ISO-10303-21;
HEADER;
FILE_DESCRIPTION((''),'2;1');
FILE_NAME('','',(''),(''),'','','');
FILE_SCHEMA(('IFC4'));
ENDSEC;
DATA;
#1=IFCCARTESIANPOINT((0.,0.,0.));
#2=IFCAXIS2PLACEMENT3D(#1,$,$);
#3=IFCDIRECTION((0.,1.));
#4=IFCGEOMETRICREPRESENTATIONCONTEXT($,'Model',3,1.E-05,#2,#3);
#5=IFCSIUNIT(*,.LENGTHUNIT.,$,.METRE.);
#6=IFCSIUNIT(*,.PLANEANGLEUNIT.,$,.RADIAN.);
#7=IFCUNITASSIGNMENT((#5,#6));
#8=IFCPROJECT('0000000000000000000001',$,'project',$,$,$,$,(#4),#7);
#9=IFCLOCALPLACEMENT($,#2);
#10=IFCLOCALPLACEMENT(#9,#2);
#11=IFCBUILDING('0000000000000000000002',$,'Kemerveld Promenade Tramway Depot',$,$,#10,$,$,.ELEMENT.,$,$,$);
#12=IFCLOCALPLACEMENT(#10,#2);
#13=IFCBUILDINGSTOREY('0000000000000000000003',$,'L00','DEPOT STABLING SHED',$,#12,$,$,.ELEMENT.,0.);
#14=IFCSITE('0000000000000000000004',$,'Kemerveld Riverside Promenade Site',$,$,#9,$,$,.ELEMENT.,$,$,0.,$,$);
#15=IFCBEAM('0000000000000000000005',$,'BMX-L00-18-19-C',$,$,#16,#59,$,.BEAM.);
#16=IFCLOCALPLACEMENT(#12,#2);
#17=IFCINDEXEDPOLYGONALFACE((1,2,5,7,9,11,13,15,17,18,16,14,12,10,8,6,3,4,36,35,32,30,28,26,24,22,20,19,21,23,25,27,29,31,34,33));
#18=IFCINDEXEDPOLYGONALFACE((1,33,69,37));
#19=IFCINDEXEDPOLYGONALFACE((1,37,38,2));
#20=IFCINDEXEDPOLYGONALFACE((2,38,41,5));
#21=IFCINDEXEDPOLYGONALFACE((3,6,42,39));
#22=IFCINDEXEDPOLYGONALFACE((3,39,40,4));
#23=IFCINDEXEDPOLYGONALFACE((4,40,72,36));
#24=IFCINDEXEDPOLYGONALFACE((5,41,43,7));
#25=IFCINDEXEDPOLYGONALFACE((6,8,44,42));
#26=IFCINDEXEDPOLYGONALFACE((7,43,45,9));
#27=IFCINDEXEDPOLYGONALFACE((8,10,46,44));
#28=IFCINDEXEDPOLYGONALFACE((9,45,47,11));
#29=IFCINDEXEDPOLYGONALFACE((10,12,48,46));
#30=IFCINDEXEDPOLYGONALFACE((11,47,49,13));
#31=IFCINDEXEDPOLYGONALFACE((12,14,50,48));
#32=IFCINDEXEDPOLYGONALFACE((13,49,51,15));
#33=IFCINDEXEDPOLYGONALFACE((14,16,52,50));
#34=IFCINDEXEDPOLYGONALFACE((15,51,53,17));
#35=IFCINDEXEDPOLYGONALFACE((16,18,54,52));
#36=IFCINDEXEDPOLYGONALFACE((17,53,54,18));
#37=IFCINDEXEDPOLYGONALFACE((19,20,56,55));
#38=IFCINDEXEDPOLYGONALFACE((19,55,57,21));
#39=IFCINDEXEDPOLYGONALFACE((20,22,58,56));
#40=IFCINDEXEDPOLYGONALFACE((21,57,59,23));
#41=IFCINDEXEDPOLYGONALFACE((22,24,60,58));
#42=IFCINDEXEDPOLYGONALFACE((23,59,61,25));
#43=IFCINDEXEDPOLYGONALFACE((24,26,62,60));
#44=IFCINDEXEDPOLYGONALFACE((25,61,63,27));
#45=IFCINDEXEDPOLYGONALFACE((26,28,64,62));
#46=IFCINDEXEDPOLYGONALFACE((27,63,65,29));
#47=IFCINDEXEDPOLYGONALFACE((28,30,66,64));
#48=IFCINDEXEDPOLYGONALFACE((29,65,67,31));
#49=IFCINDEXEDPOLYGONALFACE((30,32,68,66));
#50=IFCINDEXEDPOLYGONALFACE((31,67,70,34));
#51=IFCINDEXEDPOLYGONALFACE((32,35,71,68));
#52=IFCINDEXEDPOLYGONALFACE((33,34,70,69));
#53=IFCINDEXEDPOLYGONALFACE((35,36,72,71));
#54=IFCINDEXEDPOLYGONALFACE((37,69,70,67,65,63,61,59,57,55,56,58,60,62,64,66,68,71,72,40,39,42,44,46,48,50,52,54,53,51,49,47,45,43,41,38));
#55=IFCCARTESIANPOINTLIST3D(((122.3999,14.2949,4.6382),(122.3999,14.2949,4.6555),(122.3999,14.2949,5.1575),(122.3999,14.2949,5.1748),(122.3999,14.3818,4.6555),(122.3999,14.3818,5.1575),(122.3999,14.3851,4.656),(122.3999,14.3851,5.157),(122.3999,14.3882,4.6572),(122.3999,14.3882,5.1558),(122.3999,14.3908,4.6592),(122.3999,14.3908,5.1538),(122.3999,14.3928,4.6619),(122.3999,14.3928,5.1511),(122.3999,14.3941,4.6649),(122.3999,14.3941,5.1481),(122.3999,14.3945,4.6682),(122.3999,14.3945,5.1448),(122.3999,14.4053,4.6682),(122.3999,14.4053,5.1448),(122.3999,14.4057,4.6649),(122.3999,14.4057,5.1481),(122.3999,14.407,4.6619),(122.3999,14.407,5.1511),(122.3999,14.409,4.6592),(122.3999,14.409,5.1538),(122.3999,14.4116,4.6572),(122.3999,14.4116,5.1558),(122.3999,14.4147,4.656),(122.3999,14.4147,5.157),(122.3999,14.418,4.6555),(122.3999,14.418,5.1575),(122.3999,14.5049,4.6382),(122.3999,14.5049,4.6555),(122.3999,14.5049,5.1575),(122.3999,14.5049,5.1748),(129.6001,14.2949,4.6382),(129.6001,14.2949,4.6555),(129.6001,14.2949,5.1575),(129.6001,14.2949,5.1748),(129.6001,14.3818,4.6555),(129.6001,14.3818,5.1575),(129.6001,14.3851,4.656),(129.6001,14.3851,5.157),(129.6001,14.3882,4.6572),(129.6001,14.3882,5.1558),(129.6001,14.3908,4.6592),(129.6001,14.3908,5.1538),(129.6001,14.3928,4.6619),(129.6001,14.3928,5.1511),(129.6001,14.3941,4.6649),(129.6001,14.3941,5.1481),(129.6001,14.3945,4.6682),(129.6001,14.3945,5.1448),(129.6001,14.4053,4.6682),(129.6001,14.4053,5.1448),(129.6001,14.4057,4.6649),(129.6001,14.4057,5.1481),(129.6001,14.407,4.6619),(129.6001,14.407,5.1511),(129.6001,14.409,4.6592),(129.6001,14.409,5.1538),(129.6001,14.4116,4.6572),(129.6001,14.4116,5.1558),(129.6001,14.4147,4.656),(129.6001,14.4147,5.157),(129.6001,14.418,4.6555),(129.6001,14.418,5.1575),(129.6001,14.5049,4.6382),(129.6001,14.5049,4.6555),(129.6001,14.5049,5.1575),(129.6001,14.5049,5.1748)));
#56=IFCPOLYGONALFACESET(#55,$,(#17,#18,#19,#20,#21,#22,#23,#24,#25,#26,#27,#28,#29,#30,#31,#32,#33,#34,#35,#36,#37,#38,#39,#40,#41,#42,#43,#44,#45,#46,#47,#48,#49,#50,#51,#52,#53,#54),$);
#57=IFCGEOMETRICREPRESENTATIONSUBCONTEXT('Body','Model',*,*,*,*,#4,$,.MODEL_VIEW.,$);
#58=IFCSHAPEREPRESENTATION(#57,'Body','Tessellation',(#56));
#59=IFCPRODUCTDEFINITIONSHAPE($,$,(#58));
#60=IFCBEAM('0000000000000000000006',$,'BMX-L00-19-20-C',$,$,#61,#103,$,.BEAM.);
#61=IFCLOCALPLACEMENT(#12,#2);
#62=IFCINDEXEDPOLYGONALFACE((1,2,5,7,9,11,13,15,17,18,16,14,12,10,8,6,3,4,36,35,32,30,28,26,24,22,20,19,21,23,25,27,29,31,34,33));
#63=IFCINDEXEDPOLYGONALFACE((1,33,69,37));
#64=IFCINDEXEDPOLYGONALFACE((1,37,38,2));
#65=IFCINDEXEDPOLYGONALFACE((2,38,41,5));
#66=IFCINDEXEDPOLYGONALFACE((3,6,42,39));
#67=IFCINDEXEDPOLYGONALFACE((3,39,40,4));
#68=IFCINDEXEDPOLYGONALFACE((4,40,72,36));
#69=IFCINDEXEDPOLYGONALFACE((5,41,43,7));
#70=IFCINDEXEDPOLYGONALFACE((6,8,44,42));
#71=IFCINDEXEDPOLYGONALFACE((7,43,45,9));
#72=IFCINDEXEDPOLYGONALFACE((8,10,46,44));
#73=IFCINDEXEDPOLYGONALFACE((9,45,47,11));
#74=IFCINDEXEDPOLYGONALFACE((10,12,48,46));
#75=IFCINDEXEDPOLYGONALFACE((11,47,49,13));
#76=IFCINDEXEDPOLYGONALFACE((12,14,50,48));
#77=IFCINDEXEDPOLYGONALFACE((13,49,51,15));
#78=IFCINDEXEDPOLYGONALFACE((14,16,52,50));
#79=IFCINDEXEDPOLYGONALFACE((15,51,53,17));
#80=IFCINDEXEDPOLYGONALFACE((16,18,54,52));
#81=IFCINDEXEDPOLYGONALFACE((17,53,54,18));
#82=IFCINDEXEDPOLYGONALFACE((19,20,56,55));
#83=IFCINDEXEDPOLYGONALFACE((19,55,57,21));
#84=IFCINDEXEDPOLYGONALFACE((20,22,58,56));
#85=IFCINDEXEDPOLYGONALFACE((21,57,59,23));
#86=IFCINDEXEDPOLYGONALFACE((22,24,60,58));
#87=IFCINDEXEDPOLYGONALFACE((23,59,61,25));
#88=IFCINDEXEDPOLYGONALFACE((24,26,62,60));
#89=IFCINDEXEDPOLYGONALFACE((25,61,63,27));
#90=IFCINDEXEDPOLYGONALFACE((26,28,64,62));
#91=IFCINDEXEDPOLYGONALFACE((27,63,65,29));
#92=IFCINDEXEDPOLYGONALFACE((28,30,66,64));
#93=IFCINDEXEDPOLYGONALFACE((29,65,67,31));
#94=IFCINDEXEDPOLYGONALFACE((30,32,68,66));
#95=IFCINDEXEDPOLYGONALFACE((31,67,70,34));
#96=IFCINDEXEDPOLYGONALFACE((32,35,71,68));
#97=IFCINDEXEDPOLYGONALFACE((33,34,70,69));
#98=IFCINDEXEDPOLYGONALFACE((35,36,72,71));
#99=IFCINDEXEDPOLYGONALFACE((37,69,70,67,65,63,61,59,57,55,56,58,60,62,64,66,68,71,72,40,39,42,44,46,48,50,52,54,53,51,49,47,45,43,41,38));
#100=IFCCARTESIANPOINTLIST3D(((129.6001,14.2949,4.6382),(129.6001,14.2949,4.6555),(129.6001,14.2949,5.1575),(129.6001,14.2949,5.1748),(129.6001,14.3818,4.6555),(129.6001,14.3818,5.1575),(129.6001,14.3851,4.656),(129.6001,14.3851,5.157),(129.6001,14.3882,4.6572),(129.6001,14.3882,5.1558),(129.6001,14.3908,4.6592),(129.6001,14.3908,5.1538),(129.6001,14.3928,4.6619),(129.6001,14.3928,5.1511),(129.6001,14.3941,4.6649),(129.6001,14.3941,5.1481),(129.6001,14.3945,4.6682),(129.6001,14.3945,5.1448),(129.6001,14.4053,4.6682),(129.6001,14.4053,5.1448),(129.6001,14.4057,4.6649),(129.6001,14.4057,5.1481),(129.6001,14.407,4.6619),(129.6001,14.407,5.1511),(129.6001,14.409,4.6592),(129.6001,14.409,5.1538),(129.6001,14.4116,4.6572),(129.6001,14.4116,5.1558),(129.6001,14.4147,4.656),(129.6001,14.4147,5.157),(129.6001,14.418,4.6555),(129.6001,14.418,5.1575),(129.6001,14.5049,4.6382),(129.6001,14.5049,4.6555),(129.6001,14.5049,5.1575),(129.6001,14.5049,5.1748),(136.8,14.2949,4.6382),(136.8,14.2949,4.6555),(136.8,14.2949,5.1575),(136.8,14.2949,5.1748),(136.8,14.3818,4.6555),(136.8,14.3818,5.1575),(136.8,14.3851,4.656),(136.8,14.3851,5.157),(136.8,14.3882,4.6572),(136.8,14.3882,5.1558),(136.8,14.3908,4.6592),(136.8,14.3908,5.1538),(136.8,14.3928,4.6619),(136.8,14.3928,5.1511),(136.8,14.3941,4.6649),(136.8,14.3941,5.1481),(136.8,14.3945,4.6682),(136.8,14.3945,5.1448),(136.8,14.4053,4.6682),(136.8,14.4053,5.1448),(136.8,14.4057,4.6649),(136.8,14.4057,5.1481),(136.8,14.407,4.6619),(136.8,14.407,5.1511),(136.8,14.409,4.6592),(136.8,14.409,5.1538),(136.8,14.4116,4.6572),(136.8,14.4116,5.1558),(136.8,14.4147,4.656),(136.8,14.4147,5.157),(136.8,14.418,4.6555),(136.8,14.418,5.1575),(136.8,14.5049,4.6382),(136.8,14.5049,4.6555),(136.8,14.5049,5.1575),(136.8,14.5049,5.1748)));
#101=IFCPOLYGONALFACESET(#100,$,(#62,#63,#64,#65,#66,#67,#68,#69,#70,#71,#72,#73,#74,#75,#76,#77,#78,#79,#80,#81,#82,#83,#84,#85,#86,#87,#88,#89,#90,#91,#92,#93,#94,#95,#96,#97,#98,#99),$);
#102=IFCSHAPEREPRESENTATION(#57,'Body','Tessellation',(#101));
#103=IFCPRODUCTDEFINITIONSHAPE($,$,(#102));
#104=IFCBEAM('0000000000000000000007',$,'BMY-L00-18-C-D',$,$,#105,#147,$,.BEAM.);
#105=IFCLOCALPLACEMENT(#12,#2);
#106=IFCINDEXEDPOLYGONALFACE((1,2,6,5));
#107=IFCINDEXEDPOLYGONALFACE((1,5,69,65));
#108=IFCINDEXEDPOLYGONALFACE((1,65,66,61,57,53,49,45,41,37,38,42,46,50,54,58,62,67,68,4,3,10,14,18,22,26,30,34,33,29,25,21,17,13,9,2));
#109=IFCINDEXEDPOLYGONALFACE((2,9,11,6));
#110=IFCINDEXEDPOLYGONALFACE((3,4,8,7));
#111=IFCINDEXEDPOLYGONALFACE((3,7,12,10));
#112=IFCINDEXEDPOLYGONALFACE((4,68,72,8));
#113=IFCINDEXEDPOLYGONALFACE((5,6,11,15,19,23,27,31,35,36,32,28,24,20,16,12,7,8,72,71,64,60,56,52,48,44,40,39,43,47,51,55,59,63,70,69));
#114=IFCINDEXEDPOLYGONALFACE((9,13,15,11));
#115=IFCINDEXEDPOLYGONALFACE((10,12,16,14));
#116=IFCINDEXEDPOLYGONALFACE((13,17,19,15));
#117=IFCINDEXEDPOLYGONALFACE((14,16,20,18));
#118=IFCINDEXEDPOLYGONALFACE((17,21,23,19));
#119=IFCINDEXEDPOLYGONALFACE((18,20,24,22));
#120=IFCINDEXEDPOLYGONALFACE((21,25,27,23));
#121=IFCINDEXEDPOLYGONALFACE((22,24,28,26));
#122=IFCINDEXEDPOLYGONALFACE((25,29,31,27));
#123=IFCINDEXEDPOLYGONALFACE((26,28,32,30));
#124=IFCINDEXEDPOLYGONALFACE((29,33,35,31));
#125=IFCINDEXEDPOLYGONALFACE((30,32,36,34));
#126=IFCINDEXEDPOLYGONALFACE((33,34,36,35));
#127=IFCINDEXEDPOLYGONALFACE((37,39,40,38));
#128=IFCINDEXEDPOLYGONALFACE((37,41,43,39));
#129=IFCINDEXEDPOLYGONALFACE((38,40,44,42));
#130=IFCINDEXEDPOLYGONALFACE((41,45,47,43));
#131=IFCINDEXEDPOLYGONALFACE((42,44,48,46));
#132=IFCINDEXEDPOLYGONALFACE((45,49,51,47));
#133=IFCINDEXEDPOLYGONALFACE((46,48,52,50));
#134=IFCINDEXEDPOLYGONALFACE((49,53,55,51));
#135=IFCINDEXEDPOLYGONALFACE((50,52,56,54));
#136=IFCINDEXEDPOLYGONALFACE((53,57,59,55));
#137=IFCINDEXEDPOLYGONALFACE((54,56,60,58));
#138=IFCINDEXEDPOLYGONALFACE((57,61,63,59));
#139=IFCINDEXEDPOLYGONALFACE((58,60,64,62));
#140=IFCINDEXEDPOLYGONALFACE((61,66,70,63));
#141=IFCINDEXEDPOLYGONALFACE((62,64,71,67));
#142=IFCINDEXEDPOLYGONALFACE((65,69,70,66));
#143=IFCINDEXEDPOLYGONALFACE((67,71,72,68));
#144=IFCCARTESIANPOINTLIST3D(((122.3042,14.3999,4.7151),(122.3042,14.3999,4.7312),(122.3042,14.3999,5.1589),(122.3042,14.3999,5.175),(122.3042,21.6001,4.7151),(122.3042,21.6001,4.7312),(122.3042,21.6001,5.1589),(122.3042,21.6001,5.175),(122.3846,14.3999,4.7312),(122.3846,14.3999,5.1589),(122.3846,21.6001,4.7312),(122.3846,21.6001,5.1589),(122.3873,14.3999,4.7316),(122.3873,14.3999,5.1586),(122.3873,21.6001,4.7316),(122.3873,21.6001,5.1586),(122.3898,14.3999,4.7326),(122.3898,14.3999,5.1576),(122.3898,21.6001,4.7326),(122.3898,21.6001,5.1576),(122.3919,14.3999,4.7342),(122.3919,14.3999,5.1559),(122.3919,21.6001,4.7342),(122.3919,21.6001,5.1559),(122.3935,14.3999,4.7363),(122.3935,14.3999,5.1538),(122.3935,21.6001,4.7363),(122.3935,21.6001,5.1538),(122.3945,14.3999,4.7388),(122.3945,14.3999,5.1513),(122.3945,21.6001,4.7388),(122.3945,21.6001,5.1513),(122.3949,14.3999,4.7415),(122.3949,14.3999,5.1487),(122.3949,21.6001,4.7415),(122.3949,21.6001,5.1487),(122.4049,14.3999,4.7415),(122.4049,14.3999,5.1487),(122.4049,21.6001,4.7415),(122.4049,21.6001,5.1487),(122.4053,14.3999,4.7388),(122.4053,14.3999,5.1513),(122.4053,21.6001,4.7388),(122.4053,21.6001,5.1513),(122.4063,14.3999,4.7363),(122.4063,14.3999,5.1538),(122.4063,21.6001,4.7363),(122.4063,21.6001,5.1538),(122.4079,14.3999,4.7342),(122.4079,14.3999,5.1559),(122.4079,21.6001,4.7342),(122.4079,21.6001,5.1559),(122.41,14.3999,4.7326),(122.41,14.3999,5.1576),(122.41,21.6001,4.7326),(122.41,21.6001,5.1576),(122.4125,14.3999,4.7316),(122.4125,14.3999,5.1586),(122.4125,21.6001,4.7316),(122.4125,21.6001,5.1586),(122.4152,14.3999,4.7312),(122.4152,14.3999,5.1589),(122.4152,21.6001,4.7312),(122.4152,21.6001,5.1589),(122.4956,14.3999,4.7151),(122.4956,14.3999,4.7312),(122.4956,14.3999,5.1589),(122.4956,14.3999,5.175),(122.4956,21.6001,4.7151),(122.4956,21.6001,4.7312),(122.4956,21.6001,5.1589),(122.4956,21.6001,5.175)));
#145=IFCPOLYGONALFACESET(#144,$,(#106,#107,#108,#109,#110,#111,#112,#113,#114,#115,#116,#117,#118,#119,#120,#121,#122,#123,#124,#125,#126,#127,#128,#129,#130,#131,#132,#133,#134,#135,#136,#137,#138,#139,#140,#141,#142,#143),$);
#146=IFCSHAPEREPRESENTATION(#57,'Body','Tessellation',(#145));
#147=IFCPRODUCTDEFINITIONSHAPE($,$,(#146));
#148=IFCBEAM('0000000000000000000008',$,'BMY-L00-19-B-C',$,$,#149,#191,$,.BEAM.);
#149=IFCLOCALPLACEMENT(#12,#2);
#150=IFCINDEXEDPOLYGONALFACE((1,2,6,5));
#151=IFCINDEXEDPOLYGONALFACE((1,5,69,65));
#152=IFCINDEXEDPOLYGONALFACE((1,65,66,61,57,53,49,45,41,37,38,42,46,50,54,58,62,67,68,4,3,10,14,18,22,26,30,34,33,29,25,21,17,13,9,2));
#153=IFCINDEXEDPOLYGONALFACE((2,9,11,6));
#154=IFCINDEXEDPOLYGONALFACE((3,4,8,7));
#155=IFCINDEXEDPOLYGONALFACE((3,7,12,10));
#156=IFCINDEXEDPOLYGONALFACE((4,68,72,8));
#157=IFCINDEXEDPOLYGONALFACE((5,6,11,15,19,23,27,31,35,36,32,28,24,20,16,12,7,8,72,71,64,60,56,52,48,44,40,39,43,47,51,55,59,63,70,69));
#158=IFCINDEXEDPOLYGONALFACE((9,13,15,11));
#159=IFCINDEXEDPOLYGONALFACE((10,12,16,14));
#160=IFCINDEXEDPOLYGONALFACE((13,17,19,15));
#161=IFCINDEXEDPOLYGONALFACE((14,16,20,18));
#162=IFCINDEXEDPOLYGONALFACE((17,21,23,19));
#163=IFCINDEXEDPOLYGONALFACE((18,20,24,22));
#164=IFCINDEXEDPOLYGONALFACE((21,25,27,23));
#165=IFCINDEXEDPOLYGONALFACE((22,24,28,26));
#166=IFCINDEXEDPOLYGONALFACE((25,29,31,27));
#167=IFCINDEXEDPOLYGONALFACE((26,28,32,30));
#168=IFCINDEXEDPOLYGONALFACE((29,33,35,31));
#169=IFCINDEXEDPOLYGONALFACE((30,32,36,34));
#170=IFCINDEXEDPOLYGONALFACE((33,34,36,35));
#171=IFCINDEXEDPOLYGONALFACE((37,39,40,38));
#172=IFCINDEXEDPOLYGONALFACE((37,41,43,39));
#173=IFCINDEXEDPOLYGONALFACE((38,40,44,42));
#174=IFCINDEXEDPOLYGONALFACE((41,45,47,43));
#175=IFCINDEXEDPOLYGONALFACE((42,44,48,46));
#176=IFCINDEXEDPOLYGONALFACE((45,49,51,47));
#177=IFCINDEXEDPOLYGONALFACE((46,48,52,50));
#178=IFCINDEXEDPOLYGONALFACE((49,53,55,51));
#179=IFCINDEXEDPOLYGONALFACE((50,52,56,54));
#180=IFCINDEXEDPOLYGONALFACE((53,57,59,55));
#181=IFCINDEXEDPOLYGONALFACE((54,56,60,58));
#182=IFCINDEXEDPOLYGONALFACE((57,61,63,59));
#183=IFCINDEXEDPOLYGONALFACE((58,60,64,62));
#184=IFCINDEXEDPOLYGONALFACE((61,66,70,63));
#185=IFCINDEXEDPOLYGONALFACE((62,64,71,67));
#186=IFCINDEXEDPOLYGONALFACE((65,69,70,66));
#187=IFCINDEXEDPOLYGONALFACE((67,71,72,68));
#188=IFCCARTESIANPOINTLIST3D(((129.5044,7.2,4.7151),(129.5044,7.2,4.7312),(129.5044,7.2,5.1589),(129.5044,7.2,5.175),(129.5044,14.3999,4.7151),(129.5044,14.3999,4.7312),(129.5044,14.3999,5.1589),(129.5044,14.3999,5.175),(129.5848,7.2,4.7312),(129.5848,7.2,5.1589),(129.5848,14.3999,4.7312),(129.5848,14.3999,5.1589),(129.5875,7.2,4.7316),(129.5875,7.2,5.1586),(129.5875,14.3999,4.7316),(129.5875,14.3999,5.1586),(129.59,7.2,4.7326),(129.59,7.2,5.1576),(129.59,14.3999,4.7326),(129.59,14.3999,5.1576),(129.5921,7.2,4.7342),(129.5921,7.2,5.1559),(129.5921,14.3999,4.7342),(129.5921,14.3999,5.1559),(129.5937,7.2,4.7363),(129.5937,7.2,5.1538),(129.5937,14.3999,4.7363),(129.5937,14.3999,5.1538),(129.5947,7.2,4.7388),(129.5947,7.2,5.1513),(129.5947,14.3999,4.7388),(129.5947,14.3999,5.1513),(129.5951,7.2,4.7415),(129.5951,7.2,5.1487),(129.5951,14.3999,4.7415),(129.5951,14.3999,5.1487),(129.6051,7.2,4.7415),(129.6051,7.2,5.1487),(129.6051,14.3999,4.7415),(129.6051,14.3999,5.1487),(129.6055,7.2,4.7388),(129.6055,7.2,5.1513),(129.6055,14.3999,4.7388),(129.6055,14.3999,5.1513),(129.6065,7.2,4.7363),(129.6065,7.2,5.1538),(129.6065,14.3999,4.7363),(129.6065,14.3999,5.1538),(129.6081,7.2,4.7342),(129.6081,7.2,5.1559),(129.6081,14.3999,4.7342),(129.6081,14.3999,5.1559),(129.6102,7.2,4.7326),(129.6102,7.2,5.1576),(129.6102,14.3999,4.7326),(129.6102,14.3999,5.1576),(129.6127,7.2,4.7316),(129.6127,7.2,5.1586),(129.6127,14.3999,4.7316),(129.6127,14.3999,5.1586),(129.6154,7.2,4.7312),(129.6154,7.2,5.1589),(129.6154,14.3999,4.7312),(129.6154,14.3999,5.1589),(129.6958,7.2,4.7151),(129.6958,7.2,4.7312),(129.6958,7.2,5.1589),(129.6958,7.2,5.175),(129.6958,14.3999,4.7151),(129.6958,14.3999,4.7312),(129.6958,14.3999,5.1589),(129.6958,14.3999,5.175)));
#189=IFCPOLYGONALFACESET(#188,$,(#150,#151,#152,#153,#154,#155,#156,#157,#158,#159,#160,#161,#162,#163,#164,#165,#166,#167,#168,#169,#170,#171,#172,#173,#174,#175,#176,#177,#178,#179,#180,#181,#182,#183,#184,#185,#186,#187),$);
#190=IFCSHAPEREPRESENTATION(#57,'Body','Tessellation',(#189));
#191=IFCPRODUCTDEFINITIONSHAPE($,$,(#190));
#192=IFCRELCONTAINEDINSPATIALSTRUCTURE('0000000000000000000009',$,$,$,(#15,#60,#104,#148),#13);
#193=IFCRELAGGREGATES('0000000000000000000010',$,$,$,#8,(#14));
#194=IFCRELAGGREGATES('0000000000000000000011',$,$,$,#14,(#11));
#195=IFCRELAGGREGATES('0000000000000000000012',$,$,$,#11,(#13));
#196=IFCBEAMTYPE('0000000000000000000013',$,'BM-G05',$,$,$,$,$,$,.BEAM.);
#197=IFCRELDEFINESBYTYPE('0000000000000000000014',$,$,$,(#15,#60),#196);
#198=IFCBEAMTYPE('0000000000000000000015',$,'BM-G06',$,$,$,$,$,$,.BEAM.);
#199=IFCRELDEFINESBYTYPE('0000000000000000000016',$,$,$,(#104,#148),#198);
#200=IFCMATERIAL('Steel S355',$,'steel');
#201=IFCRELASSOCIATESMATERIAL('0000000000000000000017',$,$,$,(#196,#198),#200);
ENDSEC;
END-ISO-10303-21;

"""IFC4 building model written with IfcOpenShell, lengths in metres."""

from ifc_helpers import new_model, si_unit, direction, frame, origin, origin_2d, place, context, subcontext, project, spatial, i_section, extrude, material, material_profile, profile_set, type_object, element, save


model = new_model("IFC4")

# Units and contexts
model_context = context("Model", 3, precision=1e-05, world=origin(), true_north=direction((0.0, 1.0)))
body_context = subcontext(model_context, "Body", "Model", "MODEL_VIEW")
ifc_project = project(units=[si_unit("LENGTHUNIT", "METRE"), si_unit("PLANEANGLEUNIT", "RADIAN")], contexts=[model_context])

# Site, building, storey
site_placement = place(None, origin())
site = spatial("IfcSite", under=ifc_project, at=site_placement, Name="Kemerveld Riverside Promenade Site", CompositionType="ELEMENT", RefElevation=0.0)
building_placement = place(site_placement, origin())
building = spatial("IfcBuilding", under=site, at=building_placement, Name="Kemerveld Promenade Tramway Depot", CompositionType="ELEMENT")
storey_placement = place(building_placement, origin())
storey = spatial("IfcBuildingStorey", under=building, at=storey_placement, Name="L00", Description="DEPOT STABLING SHED", CompositionType="ELEMENT", Elevation=0.0)

# Shared definitions
ifc_material_1 = material(Name="Steel S355", Category="steel")

# Beams
ifc_material_profile_1 = material_profile(ifc_material_1, i_section(OverallWidth=0.21, OverallDepth=0.5366, WebThickness=0.0107, FlangeThickness=0.0173, FilletRadius=0.0127, at=origin_2d()), Name="533x210x101 UB")
ifc_profile_set_1 = profile_set([ifc_material_profile_1], Name="Steel S355")
beam_type_1 = type_object("IfcBeamType", Name="BM-G05", PredefinedType="BEAM", material=ifc_profile_set_1)
beam_1_placement = place(storey_placement, frame((122.3999, 14.3999, 4.9065), z_axis=(1.0, 0.0, 0.0), x_axis=(0.0, 1.0, 0.0)))
element("IfcBeam", 1, at=beam_1_placement, inside=storey, type_object=beam_type_1, Name="BMX-L00-18-19-C", PredefinedType="BEAM", context=body_context, shape_type="SweptSolid", body=[
    extrude(i_section(OverallWidth=0.21, OverallDepth=0.5366, WebThickness=0.0107, FlangeThickness=0.0173, FilletRadius=0.0127, at=origin_2d()), origin(), (0.0, 0.0, 1.0), 7.2002),
])
beam_2_placement = place(storey_placement, frame((129.6001, 14.3999, 4.9065), z_axis=(1.0, 0.0, 0.0), x_axis=(0.0, 1.0, 0.0)))
element("IfcBeam", 2, at=beam_2_placement, inside=storey, type_object=beam_type_1, Name="BMX-L00-19-20-C", PredefinedType="BEAM", context=body_context, shape_type="SweptSolid", body=[
    extrude(i_section(OverallWidth=0.21, OverallDepth=0.5366, WebThickness=0.0107, FlangeThickness=0.0173, FilletRadius=0.0127, at=origin_2d()), origin(), (0.0, 0.0, 1.0), 7.2),
])
ifc_material_profile_2 = material_profile(ifc_material_1, i_section(OverallWidth=0.1914, OverallDepth=0.46, WebThickness=0.01, FlangeThickness=0.0161, FilletRadius=0.0103, at=origin_2d()), Name="457x191x82 UB")
ifc_profile_set_2 = profile_set([ifc_material_profile_2], Name="Steel S355")
beam_type_2 = type_object("IfcBeamType", Name="BM-G06", PredefinedType="BEAM", material=ifc_profile_set_2)
beam_3_placement = place(storey_placement, frame((122.3999, 14.3999, 4.9451), z_axis=(0.0, 1.0, 0.0), x_axis=(-1.0, 0.0, 0.0)))
element("IfcBeam", 3, at=beam_3_placement, inside=storey, type_object=beam_type_2, Name="BMY-L00-18-C-D", PredefinedType="BEAM", context=body_context, shape_type="SweptSolid", body=[
    extrude(i_section(OverallWidth=0.1914, OverallDepth=0.46, WebThickness=0.01, FlangeThickness=0.0161, FilletRadius=0.0103, at=origin_2d()), origin(), (0.0, 0.0, 1.0), 7.2002),
])
beam_4_placement = place(storey_placement, frame((129.6001, 7.2, 4.9451), z_axis=(0.0, 1.0, 0.0), x_axis=(-1.0, 0.0, 0.0)))
element("IfcBeam", 4, at=beam_4_placement, inside=storey, type_object=beam_type_2, Name="BMY-L00-19-B-C", PredefinedType="BEAM", context=body_context, shape_type="SweptSolid", body=[
    extrude(i_section(OverallWidth=0.1914, OverallDepth=0.46, WebThickness=0.01, FlangeThickness=0.0161, FilletRadius=0.0103, at=origin_2d()), origin(), (0.0, 0.0, 1.0), 7.2),
])

save(model, "model.ifc")
